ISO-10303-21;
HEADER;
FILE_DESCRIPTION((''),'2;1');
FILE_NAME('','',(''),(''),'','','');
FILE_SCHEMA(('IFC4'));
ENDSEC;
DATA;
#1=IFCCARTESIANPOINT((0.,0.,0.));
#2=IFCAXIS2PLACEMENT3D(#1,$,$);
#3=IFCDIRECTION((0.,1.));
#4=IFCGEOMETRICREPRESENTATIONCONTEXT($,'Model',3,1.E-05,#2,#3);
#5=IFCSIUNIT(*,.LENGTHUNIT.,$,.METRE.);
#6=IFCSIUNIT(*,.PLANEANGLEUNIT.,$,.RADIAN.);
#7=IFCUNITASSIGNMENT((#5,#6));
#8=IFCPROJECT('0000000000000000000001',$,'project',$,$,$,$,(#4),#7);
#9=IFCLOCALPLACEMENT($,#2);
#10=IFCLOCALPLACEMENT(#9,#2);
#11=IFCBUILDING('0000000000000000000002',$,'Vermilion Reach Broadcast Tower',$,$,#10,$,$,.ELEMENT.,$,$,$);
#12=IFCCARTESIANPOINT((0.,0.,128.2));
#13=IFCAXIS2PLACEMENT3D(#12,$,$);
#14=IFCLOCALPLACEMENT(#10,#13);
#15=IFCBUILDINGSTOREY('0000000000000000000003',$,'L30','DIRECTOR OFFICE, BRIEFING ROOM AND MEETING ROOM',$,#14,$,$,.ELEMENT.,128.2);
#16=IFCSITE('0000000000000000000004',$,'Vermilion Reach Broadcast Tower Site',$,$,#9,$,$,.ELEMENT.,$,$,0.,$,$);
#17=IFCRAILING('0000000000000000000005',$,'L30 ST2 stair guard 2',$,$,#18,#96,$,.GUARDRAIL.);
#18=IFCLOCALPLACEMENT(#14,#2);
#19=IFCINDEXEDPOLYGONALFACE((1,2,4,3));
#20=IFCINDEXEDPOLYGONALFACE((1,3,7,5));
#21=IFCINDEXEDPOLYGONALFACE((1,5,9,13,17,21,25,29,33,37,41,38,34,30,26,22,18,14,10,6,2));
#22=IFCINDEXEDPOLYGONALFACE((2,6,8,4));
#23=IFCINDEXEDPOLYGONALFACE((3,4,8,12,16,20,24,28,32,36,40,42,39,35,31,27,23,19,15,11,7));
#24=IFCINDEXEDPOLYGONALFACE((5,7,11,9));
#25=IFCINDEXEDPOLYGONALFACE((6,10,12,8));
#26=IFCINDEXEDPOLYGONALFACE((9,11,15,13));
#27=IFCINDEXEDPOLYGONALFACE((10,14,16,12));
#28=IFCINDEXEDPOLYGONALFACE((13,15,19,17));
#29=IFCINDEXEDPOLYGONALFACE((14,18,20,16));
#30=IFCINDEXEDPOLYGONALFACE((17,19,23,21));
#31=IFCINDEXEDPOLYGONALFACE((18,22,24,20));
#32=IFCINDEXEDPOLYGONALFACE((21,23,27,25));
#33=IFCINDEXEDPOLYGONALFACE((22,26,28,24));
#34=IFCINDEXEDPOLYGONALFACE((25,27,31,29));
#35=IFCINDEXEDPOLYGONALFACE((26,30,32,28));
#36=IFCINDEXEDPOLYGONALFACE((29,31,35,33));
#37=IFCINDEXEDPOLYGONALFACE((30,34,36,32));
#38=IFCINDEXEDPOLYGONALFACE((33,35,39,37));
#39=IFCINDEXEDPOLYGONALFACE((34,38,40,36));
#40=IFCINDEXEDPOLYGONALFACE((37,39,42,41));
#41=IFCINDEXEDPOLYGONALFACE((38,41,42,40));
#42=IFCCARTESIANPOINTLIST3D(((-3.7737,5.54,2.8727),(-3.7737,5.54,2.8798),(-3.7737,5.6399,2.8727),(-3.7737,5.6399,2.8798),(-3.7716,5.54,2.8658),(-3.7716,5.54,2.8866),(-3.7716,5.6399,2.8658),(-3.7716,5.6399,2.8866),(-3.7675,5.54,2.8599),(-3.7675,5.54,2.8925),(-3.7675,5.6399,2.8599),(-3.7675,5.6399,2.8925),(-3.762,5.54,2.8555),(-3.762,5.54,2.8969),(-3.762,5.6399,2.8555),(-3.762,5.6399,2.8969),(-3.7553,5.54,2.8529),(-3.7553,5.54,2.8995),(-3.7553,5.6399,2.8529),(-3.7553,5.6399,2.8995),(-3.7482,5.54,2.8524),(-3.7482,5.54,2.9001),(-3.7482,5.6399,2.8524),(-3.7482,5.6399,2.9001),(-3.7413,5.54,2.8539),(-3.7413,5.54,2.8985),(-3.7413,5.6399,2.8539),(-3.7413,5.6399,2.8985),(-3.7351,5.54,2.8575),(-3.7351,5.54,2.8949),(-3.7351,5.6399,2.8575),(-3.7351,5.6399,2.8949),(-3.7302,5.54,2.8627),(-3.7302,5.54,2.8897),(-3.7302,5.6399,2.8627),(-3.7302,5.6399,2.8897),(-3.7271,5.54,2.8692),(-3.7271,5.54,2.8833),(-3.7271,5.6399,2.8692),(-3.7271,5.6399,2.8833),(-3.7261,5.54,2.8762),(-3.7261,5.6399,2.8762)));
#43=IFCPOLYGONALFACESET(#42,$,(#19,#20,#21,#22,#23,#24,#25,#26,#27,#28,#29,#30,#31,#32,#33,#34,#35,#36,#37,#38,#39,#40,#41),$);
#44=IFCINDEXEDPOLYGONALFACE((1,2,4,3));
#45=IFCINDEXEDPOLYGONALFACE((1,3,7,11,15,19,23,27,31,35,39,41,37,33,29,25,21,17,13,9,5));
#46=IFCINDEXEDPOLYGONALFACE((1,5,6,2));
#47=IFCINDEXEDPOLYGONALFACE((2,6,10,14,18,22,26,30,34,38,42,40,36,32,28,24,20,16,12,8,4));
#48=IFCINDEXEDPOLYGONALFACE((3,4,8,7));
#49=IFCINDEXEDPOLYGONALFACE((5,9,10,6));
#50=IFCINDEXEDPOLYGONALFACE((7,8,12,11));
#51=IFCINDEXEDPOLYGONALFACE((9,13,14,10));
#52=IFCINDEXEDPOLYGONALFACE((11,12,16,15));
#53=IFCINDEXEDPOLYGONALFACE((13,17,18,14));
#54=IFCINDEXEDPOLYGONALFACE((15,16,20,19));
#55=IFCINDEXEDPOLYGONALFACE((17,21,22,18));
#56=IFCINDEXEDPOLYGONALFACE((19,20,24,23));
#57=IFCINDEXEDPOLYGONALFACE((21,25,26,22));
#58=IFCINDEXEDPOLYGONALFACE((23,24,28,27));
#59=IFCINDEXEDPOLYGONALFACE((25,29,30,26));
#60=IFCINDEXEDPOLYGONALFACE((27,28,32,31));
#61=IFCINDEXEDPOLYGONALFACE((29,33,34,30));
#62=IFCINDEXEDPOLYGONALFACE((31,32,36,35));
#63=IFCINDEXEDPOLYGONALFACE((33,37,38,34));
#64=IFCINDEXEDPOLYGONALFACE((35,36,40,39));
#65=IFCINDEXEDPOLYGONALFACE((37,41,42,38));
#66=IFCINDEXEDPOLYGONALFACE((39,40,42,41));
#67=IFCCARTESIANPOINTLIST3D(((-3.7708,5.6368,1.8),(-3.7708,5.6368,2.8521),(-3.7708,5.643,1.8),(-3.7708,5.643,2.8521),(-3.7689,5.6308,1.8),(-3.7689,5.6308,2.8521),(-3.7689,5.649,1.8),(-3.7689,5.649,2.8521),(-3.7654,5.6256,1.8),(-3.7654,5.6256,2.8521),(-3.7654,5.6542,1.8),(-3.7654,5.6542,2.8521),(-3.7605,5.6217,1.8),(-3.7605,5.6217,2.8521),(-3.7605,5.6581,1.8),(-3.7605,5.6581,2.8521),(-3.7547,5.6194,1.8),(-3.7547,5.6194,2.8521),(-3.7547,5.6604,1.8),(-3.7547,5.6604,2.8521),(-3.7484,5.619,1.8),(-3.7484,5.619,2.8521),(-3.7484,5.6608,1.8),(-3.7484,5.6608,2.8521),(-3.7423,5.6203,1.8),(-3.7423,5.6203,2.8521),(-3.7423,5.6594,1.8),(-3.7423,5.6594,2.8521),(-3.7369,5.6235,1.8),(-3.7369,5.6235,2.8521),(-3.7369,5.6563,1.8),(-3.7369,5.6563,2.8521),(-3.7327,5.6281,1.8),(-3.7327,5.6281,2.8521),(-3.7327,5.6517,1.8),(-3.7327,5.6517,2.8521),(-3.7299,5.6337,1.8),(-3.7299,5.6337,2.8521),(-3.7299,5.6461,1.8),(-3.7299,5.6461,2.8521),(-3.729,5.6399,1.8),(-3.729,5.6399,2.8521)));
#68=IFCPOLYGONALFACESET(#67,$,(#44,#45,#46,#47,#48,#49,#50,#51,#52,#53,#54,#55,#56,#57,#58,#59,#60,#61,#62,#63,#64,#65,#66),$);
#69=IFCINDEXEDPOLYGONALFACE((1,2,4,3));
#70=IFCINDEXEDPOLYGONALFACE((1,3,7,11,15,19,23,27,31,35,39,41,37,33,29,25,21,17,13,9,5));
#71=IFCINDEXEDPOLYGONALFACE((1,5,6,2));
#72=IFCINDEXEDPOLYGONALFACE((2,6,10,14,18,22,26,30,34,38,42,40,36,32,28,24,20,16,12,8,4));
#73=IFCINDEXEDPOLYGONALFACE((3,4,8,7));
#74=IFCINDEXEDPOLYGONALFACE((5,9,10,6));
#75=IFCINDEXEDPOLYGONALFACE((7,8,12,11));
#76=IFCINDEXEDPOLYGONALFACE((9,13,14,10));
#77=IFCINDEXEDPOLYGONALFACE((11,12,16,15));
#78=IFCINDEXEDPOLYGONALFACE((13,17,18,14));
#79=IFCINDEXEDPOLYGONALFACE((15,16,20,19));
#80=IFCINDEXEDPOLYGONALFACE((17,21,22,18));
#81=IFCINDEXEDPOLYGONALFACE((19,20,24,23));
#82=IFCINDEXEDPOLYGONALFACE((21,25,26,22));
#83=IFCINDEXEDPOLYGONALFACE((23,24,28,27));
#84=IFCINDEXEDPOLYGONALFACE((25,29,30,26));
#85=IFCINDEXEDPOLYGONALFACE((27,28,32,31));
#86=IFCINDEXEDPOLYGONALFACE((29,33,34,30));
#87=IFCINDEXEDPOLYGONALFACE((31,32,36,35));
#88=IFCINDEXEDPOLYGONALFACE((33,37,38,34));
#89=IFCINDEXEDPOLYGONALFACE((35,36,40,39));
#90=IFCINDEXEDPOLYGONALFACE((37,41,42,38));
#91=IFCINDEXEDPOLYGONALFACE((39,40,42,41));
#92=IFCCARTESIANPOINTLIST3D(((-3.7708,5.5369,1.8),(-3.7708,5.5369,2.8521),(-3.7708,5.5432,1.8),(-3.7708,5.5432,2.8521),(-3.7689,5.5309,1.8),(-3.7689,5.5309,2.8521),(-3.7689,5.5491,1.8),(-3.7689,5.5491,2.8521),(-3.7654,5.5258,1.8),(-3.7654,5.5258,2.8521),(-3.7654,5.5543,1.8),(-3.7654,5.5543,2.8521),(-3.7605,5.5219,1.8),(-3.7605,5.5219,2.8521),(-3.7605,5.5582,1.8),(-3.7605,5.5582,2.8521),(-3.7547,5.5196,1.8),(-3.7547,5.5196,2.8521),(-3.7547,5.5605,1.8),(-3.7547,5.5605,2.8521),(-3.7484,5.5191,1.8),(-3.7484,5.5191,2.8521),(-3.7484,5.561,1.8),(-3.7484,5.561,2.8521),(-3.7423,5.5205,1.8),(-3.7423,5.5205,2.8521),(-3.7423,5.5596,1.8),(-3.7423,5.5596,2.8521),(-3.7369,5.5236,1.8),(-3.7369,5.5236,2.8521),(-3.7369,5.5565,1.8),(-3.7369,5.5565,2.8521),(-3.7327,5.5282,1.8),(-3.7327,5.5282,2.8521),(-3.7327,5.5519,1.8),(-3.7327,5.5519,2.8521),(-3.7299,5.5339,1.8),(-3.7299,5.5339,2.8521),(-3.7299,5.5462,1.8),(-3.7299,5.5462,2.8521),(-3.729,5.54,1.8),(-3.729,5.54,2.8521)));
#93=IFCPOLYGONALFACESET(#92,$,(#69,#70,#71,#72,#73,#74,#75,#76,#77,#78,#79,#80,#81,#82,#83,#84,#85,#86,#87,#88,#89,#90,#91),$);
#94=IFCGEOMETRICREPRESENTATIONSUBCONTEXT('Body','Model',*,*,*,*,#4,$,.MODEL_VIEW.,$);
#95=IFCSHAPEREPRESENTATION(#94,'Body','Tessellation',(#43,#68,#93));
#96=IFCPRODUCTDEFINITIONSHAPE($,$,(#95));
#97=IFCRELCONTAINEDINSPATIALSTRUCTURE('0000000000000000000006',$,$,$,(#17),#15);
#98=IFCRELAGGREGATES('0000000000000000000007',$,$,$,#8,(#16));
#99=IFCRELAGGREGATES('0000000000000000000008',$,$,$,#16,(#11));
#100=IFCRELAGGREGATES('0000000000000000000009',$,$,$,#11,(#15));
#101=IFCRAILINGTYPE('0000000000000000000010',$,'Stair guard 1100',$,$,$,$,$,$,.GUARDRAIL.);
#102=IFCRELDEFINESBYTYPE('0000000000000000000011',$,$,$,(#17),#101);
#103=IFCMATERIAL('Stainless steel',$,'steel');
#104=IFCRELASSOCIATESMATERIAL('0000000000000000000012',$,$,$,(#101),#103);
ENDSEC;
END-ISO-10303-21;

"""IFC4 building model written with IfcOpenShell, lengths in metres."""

from ifc_helpers import new_model, si_unit, direction, frame, origin, origin_2d, place, context, subcontext, project, spatial, circle, extrude, material, type_object, element, save


model = new_model("IFC4")

# Units and contexts
model_context = context("Model", 3, precision=1e-05, world=origin(), true_north=direction((0.0, 1.0)))
body_context = subcontext(model_context, "Body", "Model", "MODEL_VIEW")
ifc_project = project(units=[si_unit("LENGTHUNIT", "METRE"), si_unit("PLANEANGLEUNIT", "RADIAN")], contexts=[model_context])

# Site, building, storey
site_placement = place(None, origin())
site = spatial("IfcSite", under=ifc_project, at=site_placement, Name="Vermilion Reach Broadcast Tower Site", CompositionType="ELEMENT", RefElevation=0.0)
building_placement = place(site_placement, origin())
building = spatial("IfcBuilding", under=site, at=building_placement, Name="Vermilion Reach Broadcast Tower", CompositionType="ELEMENT")
storey_placement = place(building_placement, frame((0.0, 0.0, 128.2)))
storey = spatial("IfcBuildingStorey", under=building, at=storey_placement, Name="L30", Description="DIRECTOR OFFICE, BRIEFING ROOM AND MEETING ROOM", CompositionType="ELEMENT", Elevation=128.2)

# Railing
ifc_material_1 = material(Name="Stainless steel", Category="steel")
railing_type_1 = type_object("IfcRailingType", Name="Stair guard 1100", PredefinedType="GUARDRAIL", material=ifc_material_1)
railing_1_placement = place(storey_placement, frame((-3.75, 5.6399, 1.8)))
element("IfcRailing", 1, at=railing_1_placement, inside=storey, type_object=railing_type_1, Name="L30 ST2 stair guard 2", PredefinedType="GUARDRAIL", context=body_context, shape_type="SweptSolid", body=[
    extrude(circle(Radius=0.0239, at=origin_2d()), frame((0.0, 0.0, 1.0762), z_axis=(0.0, -1.0, 0.0), x_axis=(1.0, 0.0, 0.0)), (0.0, 0.0, 1.0), 0.0999),
    extrude(circle(Radius=0.021, at=origin_2d()), origin(), (0.0, 0.0, 1.0), 1.052),
    extrude(circle(Radius=0.021, at=origin_2d()), frame((0.0, -0.0999, 0.0)), (0.0, 0.0, 1.0), 1.052),
])

save(model, "model.ifc")
